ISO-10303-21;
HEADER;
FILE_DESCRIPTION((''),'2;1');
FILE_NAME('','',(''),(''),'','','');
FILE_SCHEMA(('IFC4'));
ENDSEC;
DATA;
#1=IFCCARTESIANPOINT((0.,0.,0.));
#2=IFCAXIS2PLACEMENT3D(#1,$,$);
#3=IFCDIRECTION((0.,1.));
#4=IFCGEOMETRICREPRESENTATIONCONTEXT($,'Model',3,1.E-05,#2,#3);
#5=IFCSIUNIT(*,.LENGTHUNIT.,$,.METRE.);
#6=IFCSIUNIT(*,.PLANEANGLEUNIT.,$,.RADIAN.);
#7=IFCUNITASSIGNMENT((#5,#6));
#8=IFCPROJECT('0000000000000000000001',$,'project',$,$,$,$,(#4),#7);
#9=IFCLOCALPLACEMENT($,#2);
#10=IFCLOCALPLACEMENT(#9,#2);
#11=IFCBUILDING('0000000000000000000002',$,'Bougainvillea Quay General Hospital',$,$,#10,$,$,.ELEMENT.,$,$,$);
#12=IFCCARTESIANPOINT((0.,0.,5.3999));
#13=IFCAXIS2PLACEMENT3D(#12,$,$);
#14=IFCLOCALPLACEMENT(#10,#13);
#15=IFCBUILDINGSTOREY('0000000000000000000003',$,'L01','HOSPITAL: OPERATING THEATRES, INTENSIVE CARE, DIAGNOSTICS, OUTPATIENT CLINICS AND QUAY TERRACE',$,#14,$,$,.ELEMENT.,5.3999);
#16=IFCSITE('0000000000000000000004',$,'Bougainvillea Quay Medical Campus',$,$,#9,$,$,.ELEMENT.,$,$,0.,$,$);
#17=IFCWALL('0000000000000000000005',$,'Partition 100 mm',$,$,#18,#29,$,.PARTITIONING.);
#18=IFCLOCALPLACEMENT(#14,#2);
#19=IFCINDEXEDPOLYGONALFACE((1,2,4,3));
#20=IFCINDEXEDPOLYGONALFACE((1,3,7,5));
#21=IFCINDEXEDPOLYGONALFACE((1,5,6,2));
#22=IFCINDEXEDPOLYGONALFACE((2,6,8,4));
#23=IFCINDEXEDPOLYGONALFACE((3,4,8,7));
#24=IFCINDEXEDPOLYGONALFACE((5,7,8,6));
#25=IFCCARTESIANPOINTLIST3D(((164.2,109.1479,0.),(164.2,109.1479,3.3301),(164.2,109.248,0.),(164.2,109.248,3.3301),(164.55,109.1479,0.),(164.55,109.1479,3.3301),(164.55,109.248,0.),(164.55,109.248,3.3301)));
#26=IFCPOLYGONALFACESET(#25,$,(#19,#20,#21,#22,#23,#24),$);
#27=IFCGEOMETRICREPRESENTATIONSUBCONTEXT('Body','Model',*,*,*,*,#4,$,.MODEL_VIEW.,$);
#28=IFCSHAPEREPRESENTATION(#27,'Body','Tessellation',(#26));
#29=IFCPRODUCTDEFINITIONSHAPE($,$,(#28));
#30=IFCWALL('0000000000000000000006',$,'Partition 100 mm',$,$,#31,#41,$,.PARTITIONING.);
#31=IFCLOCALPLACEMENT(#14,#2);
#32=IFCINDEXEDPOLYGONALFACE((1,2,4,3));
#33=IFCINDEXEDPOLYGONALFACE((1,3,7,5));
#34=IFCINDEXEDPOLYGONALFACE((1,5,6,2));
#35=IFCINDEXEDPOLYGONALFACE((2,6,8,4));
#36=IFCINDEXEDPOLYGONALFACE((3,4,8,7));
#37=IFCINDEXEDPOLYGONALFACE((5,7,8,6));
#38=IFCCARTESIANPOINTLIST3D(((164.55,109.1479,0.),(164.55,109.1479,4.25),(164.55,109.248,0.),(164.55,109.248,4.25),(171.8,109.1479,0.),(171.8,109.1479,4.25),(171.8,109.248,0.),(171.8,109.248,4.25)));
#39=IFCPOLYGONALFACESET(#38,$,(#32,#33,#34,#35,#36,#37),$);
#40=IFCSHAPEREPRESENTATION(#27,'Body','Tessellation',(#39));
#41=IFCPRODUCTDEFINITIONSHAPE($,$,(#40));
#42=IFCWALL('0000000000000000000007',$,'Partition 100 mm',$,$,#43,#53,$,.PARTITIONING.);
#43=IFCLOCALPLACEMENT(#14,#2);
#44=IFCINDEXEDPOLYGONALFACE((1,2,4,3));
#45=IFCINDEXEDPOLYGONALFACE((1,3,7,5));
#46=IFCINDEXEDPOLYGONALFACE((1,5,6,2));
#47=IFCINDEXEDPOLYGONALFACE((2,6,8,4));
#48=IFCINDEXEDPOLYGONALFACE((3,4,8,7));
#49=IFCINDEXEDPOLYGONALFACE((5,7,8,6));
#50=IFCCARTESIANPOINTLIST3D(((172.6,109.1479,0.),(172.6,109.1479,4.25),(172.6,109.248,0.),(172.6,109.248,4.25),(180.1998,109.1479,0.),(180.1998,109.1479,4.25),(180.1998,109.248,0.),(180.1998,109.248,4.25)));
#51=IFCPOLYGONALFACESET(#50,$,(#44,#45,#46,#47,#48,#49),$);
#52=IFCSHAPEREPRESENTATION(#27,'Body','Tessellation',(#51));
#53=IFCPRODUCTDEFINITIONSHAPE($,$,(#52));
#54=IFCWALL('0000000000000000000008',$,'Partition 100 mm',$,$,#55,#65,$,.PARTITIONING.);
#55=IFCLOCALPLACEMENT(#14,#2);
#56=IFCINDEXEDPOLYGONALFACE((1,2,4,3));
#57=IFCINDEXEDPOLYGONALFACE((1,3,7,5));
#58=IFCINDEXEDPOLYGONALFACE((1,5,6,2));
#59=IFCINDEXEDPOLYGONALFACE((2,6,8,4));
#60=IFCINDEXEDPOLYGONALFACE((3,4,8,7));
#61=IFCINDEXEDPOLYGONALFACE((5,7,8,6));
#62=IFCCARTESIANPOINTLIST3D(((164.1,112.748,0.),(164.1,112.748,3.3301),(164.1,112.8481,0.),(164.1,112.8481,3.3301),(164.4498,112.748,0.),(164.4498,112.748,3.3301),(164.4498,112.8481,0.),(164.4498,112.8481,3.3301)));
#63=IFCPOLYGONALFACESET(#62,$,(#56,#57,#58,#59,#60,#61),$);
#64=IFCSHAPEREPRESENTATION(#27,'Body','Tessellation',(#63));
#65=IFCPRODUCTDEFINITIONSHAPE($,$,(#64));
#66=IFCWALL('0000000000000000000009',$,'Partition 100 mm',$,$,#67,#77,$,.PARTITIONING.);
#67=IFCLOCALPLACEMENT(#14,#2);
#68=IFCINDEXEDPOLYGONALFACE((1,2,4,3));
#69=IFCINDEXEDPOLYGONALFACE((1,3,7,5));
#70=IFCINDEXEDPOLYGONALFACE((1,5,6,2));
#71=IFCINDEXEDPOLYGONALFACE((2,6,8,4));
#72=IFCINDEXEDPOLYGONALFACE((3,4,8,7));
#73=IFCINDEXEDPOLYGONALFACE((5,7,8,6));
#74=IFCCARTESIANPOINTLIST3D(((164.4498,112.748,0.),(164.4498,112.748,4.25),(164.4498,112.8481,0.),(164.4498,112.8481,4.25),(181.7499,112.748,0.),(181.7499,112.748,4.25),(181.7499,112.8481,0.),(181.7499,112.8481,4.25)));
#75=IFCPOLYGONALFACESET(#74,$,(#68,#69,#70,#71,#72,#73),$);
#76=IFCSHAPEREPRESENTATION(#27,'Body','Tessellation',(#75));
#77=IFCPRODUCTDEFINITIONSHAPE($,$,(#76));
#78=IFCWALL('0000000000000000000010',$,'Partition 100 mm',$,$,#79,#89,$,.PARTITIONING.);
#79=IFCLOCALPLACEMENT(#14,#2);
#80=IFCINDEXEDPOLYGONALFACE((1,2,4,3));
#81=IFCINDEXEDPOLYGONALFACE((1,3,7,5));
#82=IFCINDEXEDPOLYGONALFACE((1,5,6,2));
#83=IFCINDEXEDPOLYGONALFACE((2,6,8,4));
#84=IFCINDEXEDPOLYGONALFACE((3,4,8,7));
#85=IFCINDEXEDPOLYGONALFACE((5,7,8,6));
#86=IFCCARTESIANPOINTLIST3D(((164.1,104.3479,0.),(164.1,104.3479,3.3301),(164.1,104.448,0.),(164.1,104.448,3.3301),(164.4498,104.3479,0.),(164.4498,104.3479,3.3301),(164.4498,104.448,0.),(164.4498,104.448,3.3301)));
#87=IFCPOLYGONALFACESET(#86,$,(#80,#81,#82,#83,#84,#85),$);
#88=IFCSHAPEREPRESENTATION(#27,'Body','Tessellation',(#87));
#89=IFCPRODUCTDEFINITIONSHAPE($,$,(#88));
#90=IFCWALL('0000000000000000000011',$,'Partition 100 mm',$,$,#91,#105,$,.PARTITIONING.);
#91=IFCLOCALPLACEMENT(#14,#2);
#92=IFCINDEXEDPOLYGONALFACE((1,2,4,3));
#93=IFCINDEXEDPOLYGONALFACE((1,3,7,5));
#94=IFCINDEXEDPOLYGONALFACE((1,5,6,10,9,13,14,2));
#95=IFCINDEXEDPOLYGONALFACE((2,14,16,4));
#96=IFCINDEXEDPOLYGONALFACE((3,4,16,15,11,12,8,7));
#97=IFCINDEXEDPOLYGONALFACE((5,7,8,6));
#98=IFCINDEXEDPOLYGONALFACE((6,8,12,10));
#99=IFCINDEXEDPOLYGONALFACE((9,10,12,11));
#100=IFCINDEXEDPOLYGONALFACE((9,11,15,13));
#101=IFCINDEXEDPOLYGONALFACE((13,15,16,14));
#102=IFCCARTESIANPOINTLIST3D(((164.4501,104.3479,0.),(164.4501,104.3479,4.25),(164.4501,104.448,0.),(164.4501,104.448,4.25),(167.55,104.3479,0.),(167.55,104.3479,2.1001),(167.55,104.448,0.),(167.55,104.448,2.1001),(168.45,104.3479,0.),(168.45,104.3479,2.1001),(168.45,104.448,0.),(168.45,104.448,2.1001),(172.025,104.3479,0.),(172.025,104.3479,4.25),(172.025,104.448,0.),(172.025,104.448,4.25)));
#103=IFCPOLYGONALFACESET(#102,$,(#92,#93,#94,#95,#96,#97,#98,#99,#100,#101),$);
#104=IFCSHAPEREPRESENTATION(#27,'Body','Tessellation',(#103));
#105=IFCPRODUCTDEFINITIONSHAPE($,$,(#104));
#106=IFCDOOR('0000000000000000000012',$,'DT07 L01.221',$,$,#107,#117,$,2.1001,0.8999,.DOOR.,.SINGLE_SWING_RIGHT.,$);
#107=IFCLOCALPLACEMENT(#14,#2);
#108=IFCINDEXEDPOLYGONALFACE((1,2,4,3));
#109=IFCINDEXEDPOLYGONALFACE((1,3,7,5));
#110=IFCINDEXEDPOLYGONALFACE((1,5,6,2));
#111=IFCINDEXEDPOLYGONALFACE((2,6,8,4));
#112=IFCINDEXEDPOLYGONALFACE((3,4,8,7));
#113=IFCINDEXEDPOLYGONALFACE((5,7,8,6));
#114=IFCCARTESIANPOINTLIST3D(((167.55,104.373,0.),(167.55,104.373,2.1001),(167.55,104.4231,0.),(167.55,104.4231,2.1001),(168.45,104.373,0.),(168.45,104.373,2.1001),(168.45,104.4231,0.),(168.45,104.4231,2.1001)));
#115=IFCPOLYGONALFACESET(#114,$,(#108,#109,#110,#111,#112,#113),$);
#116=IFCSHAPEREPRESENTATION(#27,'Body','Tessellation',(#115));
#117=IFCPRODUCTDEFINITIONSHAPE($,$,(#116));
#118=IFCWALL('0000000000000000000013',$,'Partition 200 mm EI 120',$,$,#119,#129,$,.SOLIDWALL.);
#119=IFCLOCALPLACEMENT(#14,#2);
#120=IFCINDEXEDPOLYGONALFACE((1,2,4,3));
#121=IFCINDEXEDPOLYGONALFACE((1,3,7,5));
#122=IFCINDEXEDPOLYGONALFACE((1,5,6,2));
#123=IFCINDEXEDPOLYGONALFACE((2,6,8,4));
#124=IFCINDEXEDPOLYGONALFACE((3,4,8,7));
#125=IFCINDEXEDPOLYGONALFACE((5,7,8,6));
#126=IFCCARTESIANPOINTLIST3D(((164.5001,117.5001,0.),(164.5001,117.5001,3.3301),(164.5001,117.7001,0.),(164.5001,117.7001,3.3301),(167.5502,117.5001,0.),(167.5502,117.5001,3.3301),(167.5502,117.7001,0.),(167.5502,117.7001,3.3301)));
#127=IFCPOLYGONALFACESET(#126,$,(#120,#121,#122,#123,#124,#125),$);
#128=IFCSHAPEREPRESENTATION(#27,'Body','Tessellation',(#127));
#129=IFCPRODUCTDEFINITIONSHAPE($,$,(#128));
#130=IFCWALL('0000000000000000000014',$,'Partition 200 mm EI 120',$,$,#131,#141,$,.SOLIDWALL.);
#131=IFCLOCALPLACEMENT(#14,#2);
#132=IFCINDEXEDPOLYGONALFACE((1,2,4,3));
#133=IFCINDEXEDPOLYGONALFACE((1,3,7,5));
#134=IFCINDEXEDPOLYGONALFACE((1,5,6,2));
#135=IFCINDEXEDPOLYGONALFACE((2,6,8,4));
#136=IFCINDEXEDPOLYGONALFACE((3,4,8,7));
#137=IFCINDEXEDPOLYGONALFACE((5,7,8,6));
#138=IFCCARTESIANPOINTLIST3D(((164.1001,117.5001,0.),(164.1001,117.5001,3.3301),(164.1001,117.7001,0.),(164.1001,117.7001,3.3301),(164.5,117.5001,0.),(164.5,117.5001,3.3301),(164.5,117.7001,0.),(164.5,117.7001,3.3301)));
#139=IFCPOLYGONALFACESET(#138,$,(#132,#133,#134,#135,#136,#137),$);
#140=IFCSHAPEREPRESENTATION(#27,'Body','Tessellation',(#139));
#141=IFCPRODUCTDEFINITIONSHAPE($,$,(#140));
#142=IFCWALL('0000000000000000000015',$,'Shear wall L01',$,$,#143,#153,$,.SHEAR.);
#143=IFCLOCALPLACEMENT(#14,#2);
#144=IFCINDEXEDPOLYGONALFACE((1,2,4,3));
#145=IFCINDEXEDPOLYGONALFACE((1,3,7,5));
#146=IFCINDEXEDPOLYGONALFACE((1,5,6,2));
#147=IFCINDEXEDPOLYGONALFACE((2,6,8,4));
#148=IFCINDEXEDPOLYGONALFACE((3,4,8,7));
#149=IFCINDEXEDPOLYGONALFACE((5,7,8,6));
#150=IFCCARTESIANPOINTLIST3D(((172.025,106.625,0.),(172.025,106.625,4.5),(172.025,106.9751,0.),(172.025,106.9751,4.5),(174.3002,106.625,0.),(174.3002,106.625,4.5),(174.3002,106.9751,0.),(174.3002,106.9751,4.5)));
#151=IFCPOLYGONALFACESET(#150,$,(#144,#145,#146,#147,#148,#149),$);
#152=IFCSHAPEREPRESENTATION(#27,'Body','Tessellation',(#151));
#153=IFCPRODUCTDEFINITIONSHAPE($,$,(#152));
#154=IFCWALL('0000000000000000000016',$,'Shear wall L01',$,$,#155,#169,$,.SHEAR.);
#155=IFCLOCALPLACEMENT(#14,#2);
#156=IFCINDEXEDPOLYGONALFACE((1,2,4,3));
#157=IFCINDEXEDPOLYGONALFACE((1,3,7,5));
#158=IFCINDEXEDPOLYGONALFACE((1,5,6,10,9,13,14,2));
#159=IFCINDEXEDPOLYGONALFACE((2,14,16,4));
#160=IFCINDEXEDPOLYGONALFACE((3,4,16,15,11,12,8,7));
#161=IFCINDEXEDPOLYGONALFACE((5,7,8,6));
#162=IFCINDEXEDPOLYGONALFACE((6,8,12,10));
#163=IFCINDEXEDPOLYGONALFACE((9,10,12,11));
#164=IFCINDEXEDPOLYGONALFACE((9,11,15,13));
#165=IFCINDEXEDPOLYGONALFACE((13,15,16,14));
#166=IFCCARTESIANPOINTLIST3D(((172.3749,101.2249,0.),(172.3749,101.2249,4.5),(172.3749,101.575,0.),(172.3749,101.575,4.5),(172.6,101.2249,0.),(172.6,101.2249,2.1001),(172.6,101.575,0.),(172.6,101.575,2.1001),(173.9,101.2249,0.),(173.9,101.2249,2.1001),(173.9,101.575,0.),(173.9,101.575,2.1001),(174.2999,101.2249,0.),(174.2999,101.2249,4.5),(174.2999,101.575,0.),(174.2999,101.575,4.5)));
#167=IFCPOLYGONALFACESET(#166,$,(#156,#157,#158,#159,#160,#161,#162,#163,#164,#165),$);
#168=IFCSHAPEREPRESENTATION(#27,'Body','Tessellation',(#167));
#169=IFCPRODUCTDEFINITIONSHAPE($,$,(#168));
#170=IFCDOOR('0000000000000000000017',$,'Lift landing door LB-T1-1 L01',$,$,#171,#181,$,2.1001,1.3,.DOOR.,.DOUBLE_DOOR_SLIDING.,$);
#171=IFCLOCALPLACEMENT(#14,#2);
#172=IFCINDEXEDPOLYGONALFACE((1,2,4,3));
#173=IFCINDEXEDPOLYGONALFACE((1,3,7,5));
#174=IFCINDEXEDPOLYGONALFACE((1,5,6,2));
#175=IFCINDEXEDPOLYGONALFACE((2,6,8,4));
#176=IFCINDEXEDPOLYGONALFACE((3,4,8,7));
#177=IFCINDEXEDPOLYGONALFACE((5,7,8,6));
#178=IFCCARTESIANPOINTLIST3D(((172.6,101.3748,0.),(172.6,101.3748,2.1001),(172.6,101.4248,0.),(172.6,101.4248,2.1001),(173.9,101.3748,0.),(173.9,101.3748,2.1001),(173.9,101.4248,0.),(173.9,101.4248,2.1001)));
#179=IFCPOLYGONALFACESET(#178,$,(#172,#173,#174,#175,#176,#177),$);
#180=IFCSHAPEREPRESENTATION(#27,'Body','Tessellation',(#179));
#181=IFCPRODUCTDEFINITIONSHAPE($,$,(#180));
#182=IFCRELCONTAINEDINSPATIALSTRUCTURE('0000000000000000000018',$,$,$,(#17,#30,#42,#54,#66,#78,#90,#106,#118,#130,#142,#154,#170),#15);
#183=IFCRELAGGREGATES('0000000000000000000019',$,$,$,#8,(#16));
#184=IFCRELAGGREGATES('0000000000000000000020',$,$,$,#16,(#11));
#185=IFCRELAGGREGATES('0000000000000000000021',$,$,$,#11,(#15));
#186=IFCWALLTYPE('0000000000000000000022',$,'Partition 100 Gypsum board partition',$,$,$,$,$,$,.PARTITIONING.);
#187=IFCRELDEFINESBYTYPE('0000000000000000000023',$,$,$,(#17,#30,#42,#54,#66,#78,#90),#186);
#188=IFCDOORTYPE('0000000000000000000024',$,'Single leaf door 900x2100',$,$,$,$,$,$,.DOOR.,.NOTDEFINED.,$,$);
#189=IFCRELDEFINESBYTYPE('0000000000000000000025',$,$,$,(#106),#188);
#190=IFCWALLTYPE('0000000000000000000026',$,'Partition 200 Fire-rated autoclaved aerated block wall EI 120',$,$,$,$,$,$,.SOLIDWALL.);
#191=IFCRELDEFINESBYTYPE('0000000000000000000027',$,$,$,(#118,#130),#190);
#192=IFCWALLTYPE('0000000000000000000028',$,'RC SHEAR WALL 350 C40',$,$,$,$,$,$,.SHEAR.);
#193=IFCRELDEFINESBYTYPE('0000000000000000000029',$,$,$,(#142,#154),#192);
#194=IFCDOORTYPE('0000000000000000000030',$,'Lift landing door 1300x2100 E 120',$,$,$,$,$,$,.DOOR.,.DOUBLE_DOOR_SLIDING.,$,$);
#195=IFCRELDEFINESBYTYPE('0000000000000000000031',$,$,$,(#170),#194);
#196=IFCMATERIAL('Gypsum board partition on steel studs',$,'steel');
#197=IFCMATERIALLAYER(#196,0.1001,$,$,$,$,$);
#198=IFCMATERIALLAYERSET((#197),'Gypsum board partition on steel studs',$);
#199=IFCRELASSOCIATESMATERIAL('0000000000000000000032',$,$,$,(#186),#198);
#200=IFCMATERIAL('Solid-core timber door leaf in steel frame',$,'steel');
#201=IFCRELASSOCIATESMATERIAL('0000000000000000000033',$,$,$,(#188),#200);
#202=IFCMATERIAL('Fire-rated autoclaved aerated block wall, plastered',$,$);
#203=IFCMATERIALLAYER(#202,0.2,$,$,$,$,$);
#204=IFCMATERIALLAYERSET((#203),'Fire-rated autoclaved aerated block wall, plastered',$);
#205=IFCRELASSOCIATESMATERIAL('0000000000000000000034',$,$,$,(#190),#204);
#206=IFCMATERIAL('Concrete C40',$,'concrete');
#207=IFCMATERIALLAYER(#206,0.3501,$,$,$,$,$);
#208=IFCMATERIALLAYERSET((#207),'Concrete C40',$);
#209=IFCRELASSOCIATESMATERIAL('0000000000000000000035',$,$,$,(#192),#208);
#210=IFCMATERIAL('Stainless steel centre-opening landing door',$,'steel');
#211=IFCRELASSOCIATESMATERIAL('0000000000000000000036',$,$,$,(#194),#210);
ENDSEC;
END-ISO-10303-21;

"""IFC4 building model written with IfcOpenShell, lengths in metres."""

from ifc_helpers import new_model, si_unit, direction, frame, frame_2d, origin, place, context, subcontext, project, spatial, rectangle, extrude, material, layer, layer_set, type_object, element, fill, save


model = new_model("IFC4")

# Units and contexts
model_context = context("Model", 3, precision=1e-05, world=origin(), true_north=direction((0.0, 1.0)))
body_context = subcontext(model_context, "Body", "Model", "MODEL_VIEW")
ifc_project = project(units=[si_unit("LENGTHUNIT", "METRE"), si_unit("PLANEANGLEUNIT", "RADIAN")], contexts=[model_context])

# Site, building, storey
site_placement = place(None, origin())
site = spatial("IfcSite", under=ifc_project, at=site_placement, Name="Bougainvillea Quay Medical Campus", CompositionType="ELEMENT", RefElevation=0.0)
building_placement = place(site_placement, origin())
building = spatial("IfcBuilding", under=site, at=building_placement, Name="Bougainvillea Quay General Hospital", CompositionType="ELEMENT")
storey_placement = place(building_placement, frame((0.0, 0.0, 5.3999)))
storey = spatial("IfcBuildingStorey", under=building, at=storey_placement, Name="L01", Description="HOSPITAL: OPERATING THEATRES, INTENSIVE CARE, DIAGNOSTICS, OUTPATIENT CLINICS AND QUAY TERRACE", CompositionType="ELEMENT", Elevation=5.3999)

# Shared definitions
ifc_material_1 = material(Name="Concrete C40", Category="concrete")

# Walls
ifc_material_2 = material(Name="Gypsum board partition on steel studs", Category="steel")
ifc_layer_1 = layer(ifc_material_2, 0.1001)
ifc_layer_set_1 = layer_set([ifc_layer_1], Name="Gypsum board partition on steel studs")
wall_type_1 = type_object("IfcWallType", Name="Partition 100 Gypsum board partition", PredefinedType="PARTITIONING", material=ifc_layer_set_1)
wall_1_placement = place(storey_placement, frame((164.2, 109.198, 0.0), z_axis=(0.0, 0.0, 1.0), x_axis=(1.0, 0.0, 0.0)))
element("IfcWall", 1, at=wall_1_placement, inside=storey, type_object=wall_type_1, Name="Partition 100 mm", PredefinedType="PARTITIONING", context=body_context, shape_type="SweptSolid", body=[
    extrude(rectangle(XDim=0.3501, YDim=0.1001, at=frame_2d((0.175, 0.0))), origin(), (0.0, 0.0, 1.0), 3.3301),
])
wall_2_placement = place(storey_placement, frame((164.55, 109.198, 0.0), z_axis=(0.0, 0.0, 1.0), x_axis=(1.0, 0.0, 0.0)))
element("IfcWall", 2, at=wall_2_placement, inside=storey, type_object=wall_type_1, Name="Partition 100 mm", PredefinedType="PARTITIONING", context=body_context, shape_type="SweptSolid", body=[
    extrude(rectangle(XDim=7.25, YDim=0.1001, at=frame_2d((3.625, 0.0))), origin(), (0.0, 0.0, 1.0), 4.25),
])
wall_3_placement = place(storey_placement, frame((172.6001, 109.198, 0.0), z_axis=(0.0, 0.0, 1.0), x_axis=(1.0, 0.0, 0.0)))
element("IfcWall", 3, at=wall_3_placement, inside=storey, type_object=wall_type_1, Name="Partition 100 mm", PredefinedType="PARTITIONING", context=body_context, shape_type="SweptSolid", body=[
    extrude(rectangle(XDim=7.5999, YDim=0.1001, at=frame_2d((3.7998, 0.0))), origin(), (0.0, 0.0, 1.0), 4.25),
])
wall_4_placement = place(storey_placement, frame((164.1001, 112.7981, 0.0), z_axis=(0.0, 0.0, 1.0), x_axis=(1.0, 0.0, 0.0)))
element("IfcWall", 4, at=wall_4_placement, inside=storey, type_object=wall_type_1, Name="Partition 100 mm", PredefinedType="PARTITIONING", context=body_context, shape_type="SweptSolid", body=[
    extrude(rectangle(XDim=0.3499, YDim=0.1001, at=frame_2d((0.1748, 0.0))), origin(), (0.0, 0.0, 1.0), 3.3301),
])
wall_5_placement = place(storey_placement, frame((164.45, 112.7981, 0.0), z_axis=(0.0, 0.0, 1.0), x_axis=(1.0, 0.0, 0.0)))
element("IfcWall", 5, at=wall_5_placement, inside=storey, type_object=wall_type_1, Name="Partition 100 mm", PredefinedType="PARTITIONING", context=body_context, shape_type="SweptSolid", body=[
    extrude(rectangle(XDim=17.3, YDim=0.1001, at=frame_2d((8.6499, 0.0))), origin(), (0.0, 0.0, 1.0), 4.25),
])
wall_6_placement = place(storey_placement, frame((164.1001, 104.3979, 0.0), z_axis=(0.0, 0.0, 1.0), x_axis=(1.0, 0.0, 0.0)))
element("IfcWall", 6, at=wall_6_placement, inside=storey, type_object=wall_type_1, Name="Partition 100 mm", PredefinedType="PARTITIONING", context=body_context, shape_type="SweptSolid", body=[
    extrude(rectangle(XDim=0.3499, YDim=0.1001, at=frame_2d((0.1748, 0.0))), origin(), (0.0, 0.0, 1.0), 3.3301),
])

# Wall, opening, door
wall_7_placement = place(storey_placement, frame((164.45, 104.3979, 0.0), z_axis=(0.0, 0.0, 1.0), x_axis=(1.0, 0.0, 0.0)))
wall_7 = element("IfcWall", 7, at=wall_7_placement, inside=storey, type_object=wall_type_1, Name="Partition 100 mm", PredefinedType="PARTITIONING", context=body_context, shape_type="SweptSolid", body=[
    extrude(rectangle(XDim=7.575, YDim=0.1001, at=frame_2d((3.7876, 0.0))), origin(), (0.0, 0.0, 1.0), 4.25),
])
opening_1_placement = place(wall_7_placement, frame((3.1001, 0.0, 0.0)))
opening_1 = element("IfcOpeningElement", 8, at=opening_1_placement, cuts=wall_7, PredefinedType="OPENING", context=body_context, shape_type="SweptSolid", body=[
    extrude(rectangle(XDim=0.8999, YDim=2.1001, at=frame_2d((0.45, 1.05))), frame((0.0, 0.0601, 0.0), z_axis=(0.0, -1.0, 0.0), x_axis=(1.0, 0.0, 0.0)), (0.0, 0.0, 1.0), 0.1201),
])
ifc_material_3 = material(Name="Solid-core timber door leaf in steel frame", Category="steel")
door_type_1 = type_object("IfcDoorType", Name="Single leaf door 900x2100", OperationType="NOTDEFINED", PredefinedType="DOOR", material=ifc_material_3)
door_1_placement = place(opening_1_placement, frame((0.8999, 0.0, 0.0), z_axis=(0.0, 0.0, 1.0), x_axis=(-1.0, 0.0, 0.0)))
door_1 = element("IfcDoor", 9, at=door_1_placement, inside=storey, type_object=door_type_1, Name="DT07 L01.221", OperationType="SINGLE_SWING_RIGHT", OverallHeight=2.1001, OverallWidth=0.8999, PredefinedType="DOOR", context=body_context, shape_type="SweptSolid", body=[
    extrude(rectangle(XDim=0.8999, YDim=2.1001, at=frame_2d((0.45, 1.05))), frame((0.0, 0.0249, 0.0), z_axis=(0.0, -1.0, 0.0), x_axis=(1.0, 0.0, 0.0)), (0.0, 0.0, 1.0), 0.05),
])
fill(opening_1, door_1)

# Walls
ifc_material_4 = material(Name="Fire-rated autoclaved aerated block wall, plastered")
ifc_layer_2 = layer(ifc_material_4, 0.2)
ifc_layer_set_2 = layer_set([ifc_layer_2], Name="Fire-rated autoclaved aerated block wall, plastered")
wall_type_2 = type_object("IfcWallType", Name="Partition 200 Fire-rated autoclaved aerated block wall EI 120", PredefinedType="SOLIDWALL", material=ifc_layer_set_2)
wall_8_placement = place(storey_placement, frame((167.55, 117.6001, 0.0), z_axis=(0.0, 0.0, 1.0), x_axis=(-1.0, 0.0, 0.0)))
element("IfcWall", 10, at=wall_8_placement, inside=storey, type_object=wall_type_2, Name="Partition 200 mm EI 120", PredefinedType="SOLIDWALL", context=body_context, shape_type="SweptSolid", body=[
    extrude(rectangle(XDim=3.05, YDim=0.2, at=frame_2d((1.5249, 0.0))), origin(), (0.0, 0.0, 1.0), 3.3301),
])
wall_9_placement = place(storey_placement, frame((164.5, 117.6001, 0.0), z_axis=(0.0, 0.0, 1.0), x_axis=(-1.0, 0.0, 0.0)))
element("IfcWall", 11, at=wall_9_placement, inside=storey, type_object=wall_type_2, Name="Partition 200 mm EI 120", PredefinedType="SOLIDWALL", context=body_context, shape_type="SweptSolid", body=[
    extrude(rectangle(XDim=0.3999, YDim=0.2, at=frame_2d((0.2, 0.0))), origin(), (0.0, 0.0, 1.0), 3.3301),
])
ifc_layer_3 = layer(ifc_material_1, 0.3501)
ifc_layer_set_3 = layer_set([ifc_layer_3], Name="Concrete C40")
wall_type_3 = type_object("IfcWallType", Name="RC SHEAR WALL 350 C40", PredefinedType="SHEAR", material=ifc_layer_set_3)
wall_10_placement = place(storey_placement, frame((172.0249, 106.8, 0.0), z_axis=(0.0, 0.0, 1.0), x_axis=(1.0, 0.0, 0.0)))
element("IfcWall", 12, at=wall_10_placement, inside=storey, type_object=wall_type_3, Name="Shear wall L01", PredefinedType="SHEAR", context=body_context, shape_type="SweptSolid", body=[
    extrude(rectangle(XDim=2.2751, YDim=0.3501, at=frame_2d((1.1377, 0.0))), origin(), (0.0, 0.0, 1.0), 4.5),
])

# Wall, opening, door
wall_11_placement = place(storey_placement, frame((172.375, 101.3999, 0.0), z_axis=(0.0, 0.0, 1.0), x_axis=(1.0, 0.0, 0.0)))
wall_11 = element("IfcWall", 13, at=wall_11_placement, inside=storey, type_object=wall_type_3, Name="Shear wall L01", PredefinedType="SHEAR", context=body_context, shape_type="SweptSolid", body=[
    extrude(rectangle(XDim=1.925, YDim=0.3501, at=frame_2d((0.9624, 0.0))), origin(), (0.0, 0.0, 1.0), 4.5),
])
opening_2_placement = place(wall_11_placement, frame((0.2251, 0.0, 0.0)))
opening_2 = element("IfcOpeningElement", 14, at=opening_2_placement, cuts=wall_11, PredefinedType="OPENING", context=body_context, shape_type="SweptSolid", body=[
    extrude(rectangle(XDim=1.3, YDim=2.1001, at=frame_2d((0.6499, 1.05))), frame((0.0, 0.1851, 0.0), z_axis=(0.0, -1.0, 0.0), x_axis=(1.0, 0.0, 0.0)), (0.0, 0.0, 1.0), 0.3701),
])
ifc_material_5 = material(Name="Stainless steel centre-opening landing door", Category="steel")
door_type_2 = type_object("IfcDoorType", Name="Lift landing door 1300x2100 E 120", OperationType="DOUBLE_DOOR_SLIDING", PredefinedType="DOOR", material=ifc_material_5)
door_2_placement = place(opening_2_placement, origin())
door_2 = element("IfcDoor", 15, at=door_2_placement, inside=storey, type_object=door_type_2, Name="Lift landing door LB-T1-1 L01", OperationType="DOUBLE_DOOR_SLIDING", OverallHeight=2.1001, OverallWidth=1.3, PredefinedType="DOOR", context=body_context, shape_type="SweptSolid", body=[
    extrude(rectangle(XDim=1.3, YDim=2.1001, at=frame_2d((0.6499, 1.05))), frame((0.0, 0.0249, 0.0), z_axis=(0.0, -1.0, 0.0), x_axis=(1.0, 0.0, 0.0)), (0.0, 0.0, 1.0), 0.05),
])
fill(opening_2, door_2)

save(model, "model.ifc")
